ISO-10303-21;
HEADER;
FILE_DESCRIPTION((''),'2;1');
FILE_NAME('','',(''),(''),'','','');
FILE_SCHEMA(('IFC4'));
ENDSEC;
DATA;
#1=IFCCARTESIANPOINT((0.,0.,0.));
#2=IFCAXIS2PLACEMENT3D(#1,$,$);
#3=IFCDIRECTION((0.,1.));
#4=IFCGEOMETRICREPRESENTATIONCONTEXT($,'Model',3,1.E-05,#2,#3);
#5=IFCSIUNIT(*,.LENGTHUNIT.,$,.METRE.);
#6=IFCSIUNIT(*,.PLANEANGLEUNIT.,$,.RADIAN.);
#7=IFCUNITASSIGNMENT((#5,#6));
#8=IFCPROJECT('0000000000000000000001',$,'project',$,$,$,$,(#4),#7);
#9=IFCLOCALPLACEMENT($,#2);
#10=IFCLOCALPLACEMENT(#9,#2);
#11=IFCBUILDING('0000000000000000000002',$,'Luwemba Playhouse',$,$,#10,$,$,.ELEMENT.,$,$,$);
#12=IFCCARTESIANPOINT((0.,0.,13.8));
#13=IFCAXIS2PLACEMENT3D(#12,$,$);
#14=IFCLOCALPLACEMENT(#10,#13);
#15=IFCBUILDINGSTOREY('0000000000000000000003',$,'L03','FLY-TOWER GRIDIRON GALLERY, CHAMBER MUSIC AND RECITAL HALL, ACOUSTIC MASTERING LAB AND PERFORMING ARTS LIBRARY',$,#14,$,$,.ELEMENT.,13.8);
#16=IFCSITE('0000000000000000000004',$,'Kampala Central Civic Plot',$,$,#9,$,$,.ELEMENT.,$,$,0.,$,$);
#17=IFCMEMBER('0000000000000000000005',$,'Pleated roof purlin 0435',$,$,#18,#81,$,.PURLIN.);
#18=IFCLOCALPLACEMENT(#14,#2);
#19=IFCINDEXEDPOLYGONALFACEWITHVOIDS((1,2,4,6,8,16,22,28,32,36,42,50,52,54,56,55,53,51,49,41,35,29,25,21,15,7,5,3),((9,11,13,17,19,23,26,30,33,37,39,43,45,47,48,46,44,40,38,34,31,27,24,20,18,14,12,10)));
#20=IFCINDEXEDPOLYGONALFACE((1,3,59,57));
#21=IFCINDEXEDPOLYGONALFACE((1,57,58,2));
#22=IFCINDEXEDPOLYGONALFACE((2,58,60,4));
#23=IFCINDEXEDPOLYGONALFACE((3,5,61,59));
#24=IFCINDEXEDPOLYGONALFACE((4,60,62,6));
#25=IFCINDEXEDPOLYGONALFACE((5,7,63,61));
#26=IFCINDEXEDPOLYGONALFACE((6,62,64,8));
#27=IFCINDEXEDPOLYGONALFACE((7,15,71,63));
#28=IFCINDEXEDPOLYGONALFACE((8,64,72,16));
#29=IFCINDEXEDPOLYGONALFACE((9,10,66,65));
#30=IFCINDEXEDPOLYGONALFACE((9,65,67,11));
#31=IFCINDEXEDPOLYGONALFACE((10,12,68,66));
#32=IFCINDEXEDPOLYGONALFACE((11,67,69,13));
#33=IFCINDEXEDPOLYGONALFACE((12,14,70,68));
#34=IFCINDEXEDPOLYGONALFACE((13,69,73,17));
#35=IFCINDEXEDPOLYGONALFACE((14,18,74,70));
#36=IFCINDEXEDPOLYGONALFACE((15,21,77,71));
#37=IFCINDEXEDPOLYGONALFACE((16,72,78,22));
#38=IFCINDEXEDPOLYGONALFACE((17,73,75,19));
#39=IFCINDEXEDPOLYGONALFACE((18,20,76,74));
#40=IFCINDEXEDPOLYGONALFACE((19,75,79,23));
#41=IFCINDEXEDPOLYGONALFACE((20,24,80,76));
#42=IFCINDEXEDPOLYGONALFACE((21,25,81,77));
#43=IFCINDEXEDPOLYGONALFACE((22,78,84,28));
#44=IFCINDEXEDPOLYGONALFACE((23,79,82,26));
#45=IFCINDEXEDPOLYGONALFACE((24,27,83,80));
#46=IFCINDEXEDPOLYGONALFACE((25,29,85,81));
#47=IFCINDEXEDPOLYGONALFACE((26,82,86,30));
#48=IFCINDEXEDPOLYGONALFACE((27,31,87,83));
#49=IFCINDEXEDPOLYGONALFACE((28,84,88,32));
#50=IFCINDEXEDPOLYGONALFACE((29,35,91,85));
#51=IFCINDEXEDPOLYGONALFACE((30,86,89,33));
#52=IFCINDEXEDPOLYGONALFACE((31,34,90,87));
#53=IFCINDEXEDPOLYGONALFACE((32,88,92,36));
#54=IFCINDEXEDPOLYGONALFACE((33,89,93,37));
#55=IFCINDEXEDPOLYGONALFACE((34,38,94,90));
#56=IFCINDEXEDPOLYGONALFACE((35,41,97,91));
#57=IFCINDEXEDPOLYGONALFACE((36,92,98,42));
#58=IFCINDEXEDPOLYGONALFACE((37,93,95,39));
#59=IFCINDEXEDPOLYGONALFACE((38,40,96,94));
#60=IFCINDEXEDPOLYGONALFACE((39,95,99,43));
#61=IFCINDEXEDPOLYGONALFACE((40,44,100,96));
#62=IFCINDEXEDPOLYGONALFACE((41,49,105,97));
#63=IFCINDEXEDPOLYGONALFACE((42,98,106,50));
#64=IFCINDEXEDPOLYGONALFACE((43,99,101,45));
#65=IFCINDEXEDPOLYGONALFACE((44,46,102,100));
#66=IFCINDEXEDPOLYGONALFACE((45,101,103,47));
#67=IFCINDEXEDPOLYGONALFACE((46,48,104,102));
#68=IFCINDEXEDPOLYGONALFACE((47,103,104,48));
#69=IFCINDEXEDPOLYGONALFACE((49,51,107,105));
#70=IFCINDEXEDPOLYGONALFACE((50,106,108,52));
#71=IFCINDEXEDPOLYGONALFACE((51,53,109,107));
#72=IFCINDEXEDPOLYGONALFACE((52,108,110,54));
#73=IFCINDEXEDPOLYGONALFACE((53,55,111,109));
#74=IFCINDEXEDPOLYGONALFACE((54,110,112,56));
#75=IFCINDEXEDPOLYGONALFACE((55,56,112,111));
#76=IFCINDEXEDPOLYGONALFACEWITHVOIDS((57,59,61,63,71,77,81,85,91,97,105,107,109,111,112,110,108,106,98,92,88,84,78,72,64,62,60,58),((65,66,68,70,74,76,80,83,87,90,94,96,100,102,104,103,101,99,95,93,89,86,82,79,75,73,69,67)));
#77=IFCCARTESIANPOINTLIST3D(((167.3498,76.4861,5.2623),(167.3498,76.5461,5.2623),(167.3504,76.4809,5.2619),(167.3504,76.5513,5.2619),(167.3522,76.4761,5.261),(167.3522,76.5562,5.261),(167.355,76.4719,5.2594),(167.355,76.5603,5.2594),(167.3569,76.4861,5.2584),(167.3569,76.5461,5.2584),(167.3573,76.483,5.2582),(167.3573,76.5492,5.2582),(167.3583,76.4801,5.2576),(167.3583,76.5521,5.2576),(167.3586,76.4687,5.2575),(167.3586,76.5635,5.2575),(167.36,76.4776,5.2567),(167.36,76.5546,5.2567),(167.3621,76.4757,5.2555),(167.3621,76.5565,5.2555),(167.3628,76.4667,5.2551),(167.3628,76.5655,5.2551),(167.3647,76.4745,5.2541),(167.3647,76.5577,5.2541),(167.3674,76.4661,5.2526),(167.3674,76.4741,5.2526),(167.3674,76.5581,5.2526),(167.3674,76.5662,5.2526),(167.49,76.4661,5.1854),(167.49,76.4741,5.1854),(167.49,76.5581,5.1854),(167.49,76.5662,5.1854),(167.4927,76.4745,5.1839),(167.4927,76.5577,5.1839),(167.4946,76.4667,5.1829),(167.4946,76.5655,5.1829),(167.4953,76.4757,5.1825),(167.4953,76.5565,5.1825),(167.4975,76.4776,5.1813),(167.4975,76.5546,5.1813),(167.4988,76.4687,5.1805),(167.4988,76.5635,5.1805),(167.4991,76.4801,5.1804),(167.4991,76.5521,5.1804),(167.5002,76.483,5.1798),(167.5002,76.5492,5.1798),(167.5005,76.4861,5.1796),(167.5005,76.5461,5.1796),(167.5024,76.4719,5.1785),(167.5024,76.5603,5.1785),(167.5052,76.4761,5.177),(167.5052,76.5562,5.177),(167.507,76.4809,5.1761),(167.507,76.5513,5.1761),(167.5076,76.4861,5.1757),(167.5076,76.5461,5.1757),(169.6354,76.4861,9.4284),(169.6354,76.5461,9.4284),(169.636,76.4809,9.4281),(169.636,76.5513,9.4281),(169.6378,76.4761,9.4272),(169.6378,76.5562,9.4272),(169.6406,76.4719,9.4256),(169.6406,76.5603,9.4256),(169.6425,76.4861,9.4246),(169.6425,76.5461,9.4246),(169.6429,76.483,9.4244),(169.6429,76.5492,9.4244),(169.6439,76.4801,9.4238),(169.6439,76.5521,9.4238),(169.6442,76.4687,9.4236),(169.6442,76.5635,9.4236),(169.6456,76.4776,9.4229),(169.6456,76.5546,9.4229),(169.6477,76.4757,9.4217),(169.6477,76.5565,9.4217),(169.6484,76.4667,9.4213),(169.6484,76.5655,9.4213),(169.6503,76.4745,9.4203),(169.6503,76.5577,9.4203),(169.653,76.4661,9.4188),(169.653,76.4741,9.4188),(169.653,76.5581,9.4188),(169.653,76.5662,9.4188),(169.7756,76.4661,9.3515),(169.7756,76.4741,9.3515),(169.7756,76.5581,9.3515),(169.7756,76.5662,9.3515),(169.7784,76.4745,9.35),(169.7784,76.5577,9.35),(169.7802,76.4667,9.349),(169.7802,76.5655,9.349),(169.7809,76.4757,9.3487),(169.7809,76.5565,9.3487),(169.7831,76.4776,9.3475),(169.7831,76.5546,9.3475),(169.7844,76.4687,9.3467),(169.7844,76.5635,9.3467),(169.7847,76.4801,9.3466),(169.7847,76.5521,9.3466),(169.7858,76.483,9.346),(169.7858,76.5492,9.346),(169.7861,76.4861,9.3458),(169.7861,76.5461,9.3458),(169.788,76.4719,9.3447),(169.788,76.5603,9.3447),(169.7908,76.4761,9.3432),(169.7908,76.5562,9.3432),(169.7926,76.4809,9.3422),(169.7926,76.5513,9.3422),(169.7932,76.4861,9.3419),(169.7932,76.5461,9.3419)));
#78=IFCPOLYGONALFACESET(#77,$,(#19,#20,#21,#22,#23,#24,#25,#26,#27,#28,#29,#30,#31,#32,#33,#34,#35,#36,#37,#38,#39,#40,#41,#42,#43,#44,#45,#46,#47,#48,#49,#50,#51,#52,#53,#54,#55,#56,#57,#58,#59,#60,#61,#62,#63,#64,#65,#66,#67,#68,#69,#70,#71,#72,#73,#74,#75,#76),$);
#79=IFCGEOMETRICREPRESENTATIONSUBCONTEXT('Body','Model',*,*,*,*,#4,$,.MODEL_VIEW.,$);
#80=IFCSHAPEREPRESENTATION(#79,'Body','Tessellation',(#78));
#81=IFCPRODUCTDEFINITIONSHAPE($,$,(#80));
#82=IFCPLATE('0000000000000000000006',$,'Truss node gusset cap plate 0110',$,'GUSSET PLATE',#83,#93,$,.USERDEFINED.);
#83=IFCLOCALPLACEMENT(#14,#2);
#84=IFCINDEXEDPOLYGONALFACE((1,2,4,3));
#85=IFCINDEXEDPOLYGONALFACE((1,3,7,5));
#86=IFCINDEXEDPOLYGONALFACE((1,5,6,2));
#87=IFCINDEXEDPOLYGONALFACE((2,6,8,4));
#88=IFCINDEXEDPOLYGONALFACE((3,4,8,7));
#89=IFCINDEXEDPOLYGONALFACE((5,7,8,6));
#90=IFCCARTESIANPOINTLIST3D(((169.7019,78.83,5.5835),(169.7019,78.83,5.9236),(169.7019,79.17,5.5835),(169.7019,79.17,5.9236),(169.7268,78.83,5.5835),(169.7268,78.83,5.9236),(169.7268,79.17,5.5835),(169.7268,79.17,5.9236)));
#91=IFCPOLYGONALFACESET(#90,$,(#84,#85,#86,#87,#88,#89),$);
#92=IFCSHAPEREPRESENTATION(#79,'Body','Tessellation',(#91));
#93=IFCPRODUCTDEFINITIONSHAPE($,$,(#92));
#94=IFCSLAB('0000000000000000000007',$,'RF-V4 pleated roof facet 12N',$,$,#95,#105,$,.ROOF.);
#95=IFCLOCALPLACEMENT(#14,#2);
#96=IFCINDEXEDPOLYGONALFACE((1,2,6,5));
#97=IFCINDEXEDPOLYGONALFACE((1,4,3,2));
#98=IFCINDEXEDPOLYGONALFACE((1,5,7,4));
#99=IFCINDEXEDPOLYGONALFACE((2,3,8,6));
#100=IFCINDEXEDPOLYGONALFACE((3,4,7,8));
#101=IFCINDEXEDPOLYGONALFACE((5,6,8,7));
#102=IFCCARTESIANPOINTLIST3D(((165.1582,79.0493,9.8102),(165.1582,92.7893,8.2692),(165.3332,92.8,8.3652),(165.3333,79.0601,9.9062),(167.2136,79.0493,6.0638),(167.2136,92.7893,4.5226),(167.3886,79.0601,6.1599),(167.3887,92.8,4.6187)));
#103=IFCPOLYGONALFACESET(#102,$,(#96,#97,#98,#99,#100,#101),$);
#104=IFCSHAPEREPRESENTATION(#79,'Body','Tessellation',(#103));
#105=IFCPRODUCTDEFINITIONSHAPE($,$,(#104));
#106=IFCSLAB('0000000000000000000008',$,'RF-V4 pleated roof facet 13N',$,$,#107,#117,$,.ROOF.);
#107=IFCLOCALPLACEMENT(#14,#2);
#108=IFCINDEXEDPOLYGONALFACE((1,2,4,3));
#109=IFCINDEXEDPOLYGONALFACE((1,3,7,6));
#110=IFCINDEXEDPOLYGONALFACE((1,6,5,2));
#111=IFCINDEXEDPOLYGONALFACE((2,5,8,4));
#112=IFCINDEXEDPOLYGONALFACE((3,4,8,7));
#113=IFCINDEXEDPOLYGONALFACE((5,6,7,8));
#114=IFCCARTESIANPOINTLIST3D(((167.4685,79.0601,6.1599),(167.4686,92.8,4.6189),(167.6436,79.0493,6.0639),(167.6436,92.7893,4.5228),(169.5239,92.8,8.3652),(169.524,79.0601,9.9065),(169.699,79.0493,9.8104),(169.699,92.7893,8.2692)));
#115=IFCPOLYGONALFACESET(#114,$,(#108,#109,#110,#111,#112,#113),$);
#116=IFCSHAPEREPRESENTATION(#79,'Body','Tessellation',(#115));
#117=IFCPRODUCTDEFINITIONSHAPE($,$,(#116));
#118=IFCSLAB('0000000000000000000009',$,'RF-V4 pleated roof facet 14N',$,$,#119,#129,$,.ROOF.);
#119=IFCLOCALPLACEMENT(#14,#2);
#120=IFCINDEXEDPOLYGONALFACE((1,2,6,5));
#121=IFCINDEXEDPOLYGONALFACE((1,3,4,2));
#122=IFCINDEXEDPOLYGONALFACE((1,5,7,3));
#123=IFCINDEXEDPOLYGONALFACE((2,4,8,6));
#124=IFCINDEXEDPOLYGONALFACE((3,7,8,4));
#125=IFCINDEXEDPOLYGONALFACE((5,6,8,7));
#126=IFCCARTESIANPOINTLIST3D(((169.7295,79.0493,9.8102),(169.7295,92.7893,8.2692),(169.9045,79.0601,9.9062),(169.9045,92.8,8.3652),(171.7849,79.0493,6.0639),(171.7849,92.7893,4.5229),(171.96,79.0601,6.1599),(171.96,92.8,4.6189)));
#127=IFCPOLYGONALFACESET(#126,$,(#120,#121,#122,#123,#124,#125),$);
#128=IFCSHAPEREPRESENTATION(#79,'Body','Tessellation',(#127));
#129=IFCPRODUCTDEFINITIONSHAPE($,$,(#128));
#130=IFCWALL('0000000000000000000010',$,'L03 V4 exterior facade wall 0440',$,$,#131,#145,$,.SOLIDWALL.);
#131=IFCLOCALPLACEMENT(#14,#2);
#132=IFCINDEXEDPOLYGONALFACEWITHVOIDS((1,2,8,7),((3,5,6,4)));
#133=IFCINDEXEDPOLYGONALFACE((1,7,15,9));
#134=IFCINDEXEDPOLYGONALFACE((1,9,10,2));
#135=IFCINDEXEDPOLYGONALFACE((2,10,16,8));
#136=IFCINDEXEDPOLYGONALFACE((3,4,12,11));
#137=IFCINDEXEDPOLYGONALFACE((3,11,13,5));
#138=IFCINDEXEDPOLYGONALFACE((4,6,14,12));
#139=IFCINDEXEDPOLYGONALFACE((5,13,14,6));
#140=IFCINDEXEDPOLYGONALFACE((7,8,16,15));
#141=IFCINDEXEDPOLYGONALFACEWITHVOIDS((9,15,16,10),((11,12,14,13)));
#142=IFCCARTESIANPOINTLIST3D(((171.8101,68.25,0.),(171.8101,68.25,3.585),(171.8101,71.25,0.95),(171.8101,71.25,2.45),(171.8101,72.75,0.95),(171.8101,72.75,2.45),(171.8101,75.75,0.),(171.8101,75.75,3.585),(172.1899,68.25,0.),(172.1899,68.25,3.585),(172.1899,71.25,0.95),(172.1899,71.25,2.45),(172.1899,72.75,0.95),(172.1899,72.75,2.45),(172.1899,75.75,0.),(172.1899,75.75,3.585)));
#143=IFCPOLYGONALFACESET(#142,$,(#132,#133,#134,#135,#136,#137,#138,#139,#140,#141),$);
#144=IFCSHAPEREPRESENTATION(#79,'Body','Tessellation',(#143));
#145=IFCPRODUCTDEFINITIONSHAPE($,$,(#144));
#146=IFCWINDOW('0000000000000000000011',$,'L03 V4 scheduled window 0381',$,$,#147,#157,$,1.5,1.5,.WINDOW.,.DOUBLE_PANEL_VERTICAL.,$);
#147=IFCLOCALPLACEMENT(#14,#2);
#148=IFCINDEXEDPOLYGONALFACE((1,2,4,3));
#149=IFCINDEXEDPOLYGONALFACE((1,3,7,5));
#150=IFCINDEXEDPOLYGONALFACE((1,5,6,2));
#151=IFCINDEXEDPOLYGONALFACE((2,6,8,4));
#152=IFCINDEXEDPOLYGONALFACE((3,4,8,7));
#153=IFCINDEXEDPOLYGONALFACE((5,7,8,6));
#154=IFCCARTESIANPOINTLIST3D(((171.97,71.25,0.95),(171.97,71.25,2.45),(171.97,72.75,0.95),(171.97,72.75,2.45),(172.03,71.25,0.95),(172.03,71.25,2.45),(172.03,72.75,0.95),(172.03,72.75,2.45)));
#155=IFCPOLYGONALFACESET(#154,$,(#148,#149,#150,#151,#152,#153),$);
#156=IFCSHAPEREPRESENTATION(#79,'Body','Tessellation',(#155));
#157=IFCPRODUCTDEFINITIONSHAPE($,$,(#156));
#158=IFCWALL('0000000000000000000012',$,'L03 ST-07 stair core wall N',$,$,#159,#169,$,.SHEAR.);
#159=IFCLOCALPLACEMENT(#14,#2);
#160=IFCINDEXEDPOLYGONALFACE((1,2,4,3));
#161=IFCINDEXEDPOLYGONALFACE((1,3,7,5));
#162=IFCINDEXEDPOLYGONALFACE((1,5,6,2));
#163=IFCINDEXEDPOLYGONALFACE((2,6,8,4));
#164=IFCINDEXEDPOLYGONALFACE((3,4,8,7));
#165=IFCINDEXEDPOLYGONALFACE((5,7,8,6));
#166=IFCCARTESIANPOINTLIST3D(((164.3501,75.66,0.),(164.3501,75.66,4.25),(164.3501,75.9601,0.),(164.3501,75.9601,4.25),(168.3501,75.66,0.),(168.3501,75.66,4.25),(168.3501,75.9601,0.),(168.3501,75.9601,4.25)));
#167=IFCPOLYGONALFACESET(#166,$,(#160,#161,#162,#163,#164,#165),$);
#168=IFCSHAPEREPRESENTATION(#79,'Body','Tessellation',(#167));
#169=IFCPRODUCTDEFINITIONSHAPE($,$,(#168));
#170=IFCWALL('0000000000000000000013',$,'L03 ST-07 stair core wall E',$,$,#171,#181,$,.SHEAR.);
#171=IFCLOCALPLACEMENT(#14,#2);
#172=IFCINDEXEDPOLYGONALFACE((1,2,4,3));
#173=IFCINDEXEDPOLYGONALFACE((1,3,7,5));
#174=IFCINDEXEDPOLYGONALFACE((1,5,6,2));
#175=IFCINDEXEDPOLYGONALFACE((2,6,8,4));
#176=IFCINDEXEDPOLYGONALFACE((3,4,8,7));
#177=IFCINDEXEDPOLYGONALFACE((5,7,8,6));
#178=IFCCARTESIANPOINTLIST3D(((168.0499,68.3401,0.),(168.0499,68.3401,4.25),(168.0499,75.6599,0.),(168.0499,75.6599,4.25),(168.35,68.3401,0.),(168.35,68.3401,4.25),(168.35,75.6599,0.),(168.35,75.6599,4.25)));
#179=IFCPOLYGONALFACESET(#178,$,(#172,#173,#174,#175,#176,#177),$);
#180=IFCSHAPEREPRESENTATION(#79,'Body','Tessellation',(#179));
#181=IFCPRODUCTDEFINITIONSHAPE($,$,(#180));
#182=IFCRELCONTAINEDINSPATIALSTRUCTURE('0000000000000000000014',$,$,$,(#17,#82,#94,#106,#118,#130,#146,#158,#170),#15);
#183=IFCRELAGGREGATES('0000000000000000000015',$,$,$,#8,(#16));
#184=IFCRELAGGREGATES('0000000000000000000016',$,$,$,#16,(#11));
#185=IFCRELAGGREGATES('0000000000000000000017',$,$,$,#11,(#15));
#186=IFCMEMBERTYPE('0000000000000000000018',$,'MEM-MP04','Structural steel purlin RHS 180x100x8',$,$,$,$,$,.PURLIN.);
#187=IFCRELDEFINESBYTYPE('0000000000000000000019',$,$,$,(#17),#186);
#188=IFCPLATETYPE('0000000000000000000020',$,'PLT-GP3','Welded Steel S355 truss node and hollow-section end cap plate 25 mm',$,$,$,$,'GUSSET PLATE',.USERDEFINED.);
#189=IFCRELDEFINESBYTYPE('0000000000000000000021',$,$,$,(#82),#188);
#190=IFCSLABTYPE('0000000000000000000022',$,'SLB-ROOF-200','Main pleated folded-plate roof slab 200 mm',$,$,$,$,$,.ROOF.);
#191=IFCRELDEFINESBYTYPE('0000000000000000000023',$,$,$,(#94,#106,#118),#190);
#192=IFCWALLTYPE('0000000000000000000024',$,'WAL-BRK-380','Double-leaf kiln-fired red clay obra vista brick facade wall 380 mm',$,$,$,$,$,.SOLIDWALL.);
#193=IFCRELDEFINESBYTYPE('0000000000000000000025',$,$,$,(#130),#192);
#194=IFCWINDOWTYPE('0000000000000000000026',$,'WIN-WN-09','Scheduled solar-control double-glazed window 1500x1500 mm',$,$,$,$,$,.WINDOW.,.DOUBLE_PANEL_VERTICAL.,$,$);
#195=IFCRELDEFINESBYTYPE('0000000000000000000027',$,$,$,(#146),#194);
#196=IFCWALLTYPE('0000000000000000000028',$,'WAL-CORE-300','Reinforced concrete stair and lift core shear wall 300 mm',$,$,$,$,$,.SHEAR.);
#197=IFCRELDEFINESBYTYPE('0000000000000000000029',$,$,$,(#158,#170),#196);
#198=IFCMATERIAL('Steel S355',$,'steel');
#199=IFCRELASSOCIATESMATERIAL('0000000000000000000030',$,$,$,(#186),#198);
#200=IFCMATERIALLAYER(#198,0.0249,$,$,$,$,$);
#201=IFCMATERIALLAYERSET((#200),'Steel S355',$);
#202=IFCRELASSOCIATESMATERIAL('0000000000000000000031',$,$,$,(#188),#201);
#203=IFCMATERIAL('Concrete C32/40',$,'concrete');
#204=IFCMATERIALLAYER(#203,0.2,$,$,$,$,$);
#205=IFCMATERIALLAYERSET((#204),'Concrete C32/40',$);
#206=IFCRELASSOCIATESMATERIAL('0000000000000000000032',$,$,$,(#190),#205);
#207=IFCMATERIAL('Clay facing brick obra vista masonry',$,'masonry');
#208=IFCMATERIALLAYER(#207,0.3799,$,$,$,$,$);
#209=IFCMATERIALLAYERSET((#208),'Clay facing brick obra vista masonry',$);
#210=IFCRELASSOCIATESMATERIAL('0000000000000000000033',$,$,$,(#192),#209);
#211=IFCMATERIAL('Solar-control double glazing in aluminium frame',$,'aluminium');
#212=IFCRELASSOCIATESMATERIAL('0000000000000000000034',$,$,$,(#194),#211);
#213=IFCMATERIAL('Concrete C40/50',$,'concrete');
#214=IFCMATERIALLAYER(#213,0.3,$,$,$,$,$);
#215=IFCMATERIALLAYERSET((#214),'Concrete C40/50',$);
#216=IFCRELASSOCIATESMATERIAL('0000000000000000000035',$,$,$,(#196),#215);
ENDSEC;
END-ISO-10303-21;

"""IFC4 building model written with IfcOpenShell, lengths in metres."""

from ifc_helpers import new_model, si_unit, direction, frame, frame_2d, origin, origin_2d, place, context, subcontext, project, spatial, polyline, rectangle, hollow_rectangle, outline, extrude, material, layer, layer_set, material_profile, profile_set, type_object, element, fill, save


model = new_model("IFC4")

# Units and contexts
model_context = context("Model", 3, precision=1e-05, world=origin(), true_north=direction((0.0, 1.0)))
body_context = subcontext(model_context, "Body", "Model", "MODEL_VIEW")
ifc_project = project(units=[si_unit("LENGTHUNIT", "METRE"), si_unit("PLANEANGLEUNIT", "RADIAN")], contexts=[model_context])

# Site, building, storey
site_placement = place(None, origin())
site = spatial("IfcSite", under=ifc_project, at=site_placement, Name="Kampala Central Civic Plot", CompositionType="ELEMENT", RefElevation=0.0)
building_placement = place(site_placement, origin())
building = spatial("IfcBuilding", under=site, at=building_placement, Name="Luwemba Playhouse", CompositionType="ELEMENT")
storey_placement = place(building_placement, frame((0.0, 0.0, 13.8)))
storey = spatial("IfcBuildingStorey", under=building, at=storey_placement, Name="L03", Description="FLY-TOWER GRIDIRON GALLERY, CHAMBER MUSIC AND RECITAL HALL, ACOUSTIC MASTERING LAB AND PERFORMING ARTS LIBRARY", CompositionType="ELEMENT", Elevation=13.8)

# Shared definitions
ifc_material_1 = material(Name="Concrete C40/50", Category="concrete")

# Shared definitions
ifc_material_2 = material(Name="Steel S355", Category="steel")

# Member
ifc_material_profile_1 = material_profile(ifc_material_2, hollow_rectangle(XDim=0.1001, YDim=0.1799, WallThickness=0.0081, InnerFilletRadius=0.012, OuterFilletRadius=0.02, at=origin_2d()))
ifc_profile_set_1 = profile_set([ifc_material_profile_1], Name="Steel S355")
member_type_1 = type_object("IfcMemberType", Name="MEM-MP04", Description="Structural steel purlin RHS 180x100x8", PredefinedType="PURLIN", material=ifc_profile_set_1)
member_1_placement = place(storey_placement, frame((167.4287, 76.5161, 5.219), z_axis=(0.480982, 0.0, 0.876731), x_axis=(0.0, 1.0, 0.0)))
element("IfcMember", 1, at=member_1_placement, inside=storey, type_object=member_type_1, Name="Pleated roof purlin 0435", PredefinedType="PURLIN", context=body_context, shape_type="SweptSolid", body=[
    extrude(hollow_rectangle(XDim=0.1001, YDim=0.1799, WallThickness=0.0081, InnerFilletRadius=0.012, OuterFilletRadius=0.02, at=origin_2d()), origin(), (0.0, 0.0, 1.0), 4.752),
])

# Plate
ifc_layer_1 = layer(ifc_material_2, 0.0249)
ifc_layer_set_1 = layer_set([ifc_layer_1], Name="Steel S355")
plate_type = type_object("IfcPlateType", Name="PLT-GP3", Description="Welded Steel S355 truss node and hollow-section end cap plate 25 mm", ElementType="GUSSET PLATE", PredefinedType="USERDEFINED", material=ifc_layer_set_1)
plate_placement = place(storey_placement, frame((169.7144, 79.0, 5.5835), z_axis=(0.0, 0.0, 1.0), x_axis=(1.0, 0.0, 0.0)))
element("IfcPlate", 2, at=plate_placement, inside=storey, type_object=plate_type, Name="Truss node gusset cap plate 0110", ObjectType="GUSSET PLATE", PredefinedType="USERDEFINED", context=body_context, shape_type="SweptSolid", body=[
    extrude(rectangle(XDim=0.0249, YDim=0.3401, at=origin_2d()), origin(), (0.0, 0.0, 1.0), 0.3401),
])

# Slabs
ifc_material_3 = material(Name="Concrete C32/40", Category="concrete")
ifc_layer_2 = layer(ifc_material_3, 0.2)
ifc_layer_set_2 = layer_set([ifc_layer_2], Name="Concrete C32/40")
slab_type = type_object("IfcSlabType", Name="SLB-ROOF-200", Description="Main pleated folded-plate roof slab 200 mm", PredefinedType="ROOF", material=ifc_layer_set_2)
slab_1_placement = place(storey_placement, frame((165.3333, 79.0601, 9.9062), z_axis=(0.87545, 0.053872, 0.480298), x_axis=(0.480996, -0.000001, -0.876723)))
element("IfcSlab", 3, at=slab_1_placement, inside=storey, type_object=slab_type, Name="RF-V4 pleated roof facet 12N", PredefinedType="ROOF", context=body_context, shape_type="SweptSolid", body=[
    extrude(outline(polyline([(0.0, 0.0), (4.2731, 0.0), (5.6244, 13.76), (1.351, 13.76), (0.0, 0.0)])), origin(), (0.0, 0.0, -1.0), 0.2),
])
slab_2_placement = place(storey_placement, frame((167.4685, 79.0601, 6.1599), z_axis=(-0.87545, 0.053872, 0.480298), x_axis=(0.480996, -0.000001, 0.876723)))
element("IfcSlab", 4, at=slab_2_placement, inside=storey, type_object=slab_type, Name="RF-V4 pleated roof facet 13N", PredefinedType="ROOF", context=body_context, shape_type="SweptSolid", body=[
    extrude(outline(polyline([(0.0, 0.0), (4.2734, 0.0), (2.9221, 13.76), (-1.3511, 13.76), (0.0, 0.0)])), origin(), (0.0, 0.0, -1.0), 0.2),
])
slab_3_placement = place(storey_placement, frame((169.9045, 79.0601, 9.9062), z_axis=(0.875443, 0.053869, 0.48031), x_axis=(0.481008, 0.0, -0.876716)))
element("IfcSlab", 5, at=slab_3_placement, inside=storey, type_object=slab_type, Name="RF-V4 pleated roof facet 14N", PredefinedType="ROOF", context=body_context, shape_type="SweptSolid", body=[
    extrude(outline(polyline([(0.0, 0.0), (4.2731, 0.0), (5.6242, 13.76), (1.351, 13.76), (0.0, 0.0)])), origin(), (0.0, 0.0, -1.0), 0.2),
])

# Wall, opening, window
ifc_material_4 = material(Name="Clay facing brick obra vista masonry", Category="masonry")
ifc_layer_3 = layer(ifc_material_4, 0.3799)
ifc_layer_set_3 = layer_set([ifc_layer_3], Name="Clay facing brick obra vista masonry")
wall_type_1 = type_object("IfcWallType", Name="WAL-BRK-380", Description="Double-leaf kiln-fired red clay obra vista brick facade wall 380 mm", PredefinedType="SOLIDWALL", material=ifc_layer_set_3)
wall_1_placement = place(storey_placement, frame((172.0, 75.75, 0.0), z_axis=(0.0, 0.0, 1.0), x_axis=(0.0, -1.0, 0.0)))
wall_1 = element("IfcWall", 6, at=wall_1_placement, inside=storey, type_object=wall_type_1, Name="L03 V4 exterior facade wall 0440", PredefinedType="SOLIDWALL", context=body_context, shape_type="SweptSolid", body=[
    extrude(rectangle(XDim=7.5, YDim=0.3799, at=frame_2d((3.75, 0.0))), origin(), (0.0, 0.0, 1.0), 3.585),
])
opening_placement = place(wall_1_placement, frame((3.0, 0.0, 0.95)))
opening = element("IfcOpeningElement", 7, at=opening_placement, cuts=wall_1, PredefinedType="OPENING", context=body_context, shape_type="SweptSolid", body=[
    extrude(rectangle(XDim=1.5, YDim=1.5, at=frame_2d((0.75, 0.75))), frame((0.0, 0.2, 0.0), z_axis=(0.0, -1.0, 0.0), x_axis=(1.0, 0.0, 0.0)), (0.0, 0.0, 1.0), 0.3999),
])
ifc_material_5 = material(Name="Solar-control double glazing in aluminium frame", Category="aluminium")
window_type = type_object("IfcWindowType", Name="WIN-WN-09", Description="Scheduled solar-control double-glazed window 1500x1500 mm", PartitioningType="DOUBLE_PANEL_VERTICAL", PredefinedType="WINDOW", material=ifc_material_5)
window_placement = place(opening_placement, origin())
window = element("IfcWindow", 8, at=window_placement, inside=storey, type_object=window_type, Name="L03 V4 scheduled window 0381", OverallHeight=1.5, OverallWidth=1.5, PartitioningType="DOUBLE_PANEL_VERTICAL", PredefinedType="WINDOW", context=body_context, shape_type="SweptSolid", body=[
    extrude(rectangle(XDim=1.5, YDim=1.5, at=frame_2d((0.75, 0.75))), frame((0.0, 0.03, 0.0), z_axis=(0.0, -1.0, 0.0), x_axis=(1.0, 0.0, 0.0)), (0.0, 0.0, 1.0), 0.0601),
])
fill(opening, window)

# Walls
ifc_layer_4 = layer(ifc_material_1, 0.3)
ifc_layer_set_4 = layer_set([ifc_layer_4], Name="Concrete C40/50")
wall_type_2 = type_object("IfcWallType", Name="WAL-CORE-300", Description="Reinforced concrete stair and lift core shear wall 300 mm", PredefinedType="SHEAR", material=ifc_layer_set_4)
wall_2_placement = place(storey_placement, frame((168.3501, 75.8101, 0.0), z_axis=(0.0, 0.0, 1.0), x_axis=(-1.0, 0.0, 0.0)))
element("IfcWall", 9, at=wall_2_placement, inside=storey, type_object=wall_type_2, Name="L03 ST-07 stair core wall N", PredefinedType="SHEAR", context=body_context, shape_type="SweptSolid", body=[
    extrude(rectangle(XDim=4.0, YDim=0.3, at=frame_2d((2.0, 0.0))), origin(), (0.0, 0.0, 1.0), 4.25),
])
wall_3_placement = place(storey_placement, frame((168.2, 75.6599, 0.0), z_axis=(0.0, 0.0, 1.0), x_axis=(0.0, -1.0, 0.0)))
element("IfcWall", 10, at=wall_3_placement, inside=storey, type_object=wall_type_2, Name="L03 ST-07 stair core wall E", PredefinedType="SHEAR", context=body_context, shape_type="SweptSolid", body=[
    extrude(rectangle(XDim=7.3198, YDim=0.3, at=frame_2d((3.6599, 0.0))), origin(), (0.0, 0.0, 1.0), 4.25),
])

save(model, "model.ifc")
